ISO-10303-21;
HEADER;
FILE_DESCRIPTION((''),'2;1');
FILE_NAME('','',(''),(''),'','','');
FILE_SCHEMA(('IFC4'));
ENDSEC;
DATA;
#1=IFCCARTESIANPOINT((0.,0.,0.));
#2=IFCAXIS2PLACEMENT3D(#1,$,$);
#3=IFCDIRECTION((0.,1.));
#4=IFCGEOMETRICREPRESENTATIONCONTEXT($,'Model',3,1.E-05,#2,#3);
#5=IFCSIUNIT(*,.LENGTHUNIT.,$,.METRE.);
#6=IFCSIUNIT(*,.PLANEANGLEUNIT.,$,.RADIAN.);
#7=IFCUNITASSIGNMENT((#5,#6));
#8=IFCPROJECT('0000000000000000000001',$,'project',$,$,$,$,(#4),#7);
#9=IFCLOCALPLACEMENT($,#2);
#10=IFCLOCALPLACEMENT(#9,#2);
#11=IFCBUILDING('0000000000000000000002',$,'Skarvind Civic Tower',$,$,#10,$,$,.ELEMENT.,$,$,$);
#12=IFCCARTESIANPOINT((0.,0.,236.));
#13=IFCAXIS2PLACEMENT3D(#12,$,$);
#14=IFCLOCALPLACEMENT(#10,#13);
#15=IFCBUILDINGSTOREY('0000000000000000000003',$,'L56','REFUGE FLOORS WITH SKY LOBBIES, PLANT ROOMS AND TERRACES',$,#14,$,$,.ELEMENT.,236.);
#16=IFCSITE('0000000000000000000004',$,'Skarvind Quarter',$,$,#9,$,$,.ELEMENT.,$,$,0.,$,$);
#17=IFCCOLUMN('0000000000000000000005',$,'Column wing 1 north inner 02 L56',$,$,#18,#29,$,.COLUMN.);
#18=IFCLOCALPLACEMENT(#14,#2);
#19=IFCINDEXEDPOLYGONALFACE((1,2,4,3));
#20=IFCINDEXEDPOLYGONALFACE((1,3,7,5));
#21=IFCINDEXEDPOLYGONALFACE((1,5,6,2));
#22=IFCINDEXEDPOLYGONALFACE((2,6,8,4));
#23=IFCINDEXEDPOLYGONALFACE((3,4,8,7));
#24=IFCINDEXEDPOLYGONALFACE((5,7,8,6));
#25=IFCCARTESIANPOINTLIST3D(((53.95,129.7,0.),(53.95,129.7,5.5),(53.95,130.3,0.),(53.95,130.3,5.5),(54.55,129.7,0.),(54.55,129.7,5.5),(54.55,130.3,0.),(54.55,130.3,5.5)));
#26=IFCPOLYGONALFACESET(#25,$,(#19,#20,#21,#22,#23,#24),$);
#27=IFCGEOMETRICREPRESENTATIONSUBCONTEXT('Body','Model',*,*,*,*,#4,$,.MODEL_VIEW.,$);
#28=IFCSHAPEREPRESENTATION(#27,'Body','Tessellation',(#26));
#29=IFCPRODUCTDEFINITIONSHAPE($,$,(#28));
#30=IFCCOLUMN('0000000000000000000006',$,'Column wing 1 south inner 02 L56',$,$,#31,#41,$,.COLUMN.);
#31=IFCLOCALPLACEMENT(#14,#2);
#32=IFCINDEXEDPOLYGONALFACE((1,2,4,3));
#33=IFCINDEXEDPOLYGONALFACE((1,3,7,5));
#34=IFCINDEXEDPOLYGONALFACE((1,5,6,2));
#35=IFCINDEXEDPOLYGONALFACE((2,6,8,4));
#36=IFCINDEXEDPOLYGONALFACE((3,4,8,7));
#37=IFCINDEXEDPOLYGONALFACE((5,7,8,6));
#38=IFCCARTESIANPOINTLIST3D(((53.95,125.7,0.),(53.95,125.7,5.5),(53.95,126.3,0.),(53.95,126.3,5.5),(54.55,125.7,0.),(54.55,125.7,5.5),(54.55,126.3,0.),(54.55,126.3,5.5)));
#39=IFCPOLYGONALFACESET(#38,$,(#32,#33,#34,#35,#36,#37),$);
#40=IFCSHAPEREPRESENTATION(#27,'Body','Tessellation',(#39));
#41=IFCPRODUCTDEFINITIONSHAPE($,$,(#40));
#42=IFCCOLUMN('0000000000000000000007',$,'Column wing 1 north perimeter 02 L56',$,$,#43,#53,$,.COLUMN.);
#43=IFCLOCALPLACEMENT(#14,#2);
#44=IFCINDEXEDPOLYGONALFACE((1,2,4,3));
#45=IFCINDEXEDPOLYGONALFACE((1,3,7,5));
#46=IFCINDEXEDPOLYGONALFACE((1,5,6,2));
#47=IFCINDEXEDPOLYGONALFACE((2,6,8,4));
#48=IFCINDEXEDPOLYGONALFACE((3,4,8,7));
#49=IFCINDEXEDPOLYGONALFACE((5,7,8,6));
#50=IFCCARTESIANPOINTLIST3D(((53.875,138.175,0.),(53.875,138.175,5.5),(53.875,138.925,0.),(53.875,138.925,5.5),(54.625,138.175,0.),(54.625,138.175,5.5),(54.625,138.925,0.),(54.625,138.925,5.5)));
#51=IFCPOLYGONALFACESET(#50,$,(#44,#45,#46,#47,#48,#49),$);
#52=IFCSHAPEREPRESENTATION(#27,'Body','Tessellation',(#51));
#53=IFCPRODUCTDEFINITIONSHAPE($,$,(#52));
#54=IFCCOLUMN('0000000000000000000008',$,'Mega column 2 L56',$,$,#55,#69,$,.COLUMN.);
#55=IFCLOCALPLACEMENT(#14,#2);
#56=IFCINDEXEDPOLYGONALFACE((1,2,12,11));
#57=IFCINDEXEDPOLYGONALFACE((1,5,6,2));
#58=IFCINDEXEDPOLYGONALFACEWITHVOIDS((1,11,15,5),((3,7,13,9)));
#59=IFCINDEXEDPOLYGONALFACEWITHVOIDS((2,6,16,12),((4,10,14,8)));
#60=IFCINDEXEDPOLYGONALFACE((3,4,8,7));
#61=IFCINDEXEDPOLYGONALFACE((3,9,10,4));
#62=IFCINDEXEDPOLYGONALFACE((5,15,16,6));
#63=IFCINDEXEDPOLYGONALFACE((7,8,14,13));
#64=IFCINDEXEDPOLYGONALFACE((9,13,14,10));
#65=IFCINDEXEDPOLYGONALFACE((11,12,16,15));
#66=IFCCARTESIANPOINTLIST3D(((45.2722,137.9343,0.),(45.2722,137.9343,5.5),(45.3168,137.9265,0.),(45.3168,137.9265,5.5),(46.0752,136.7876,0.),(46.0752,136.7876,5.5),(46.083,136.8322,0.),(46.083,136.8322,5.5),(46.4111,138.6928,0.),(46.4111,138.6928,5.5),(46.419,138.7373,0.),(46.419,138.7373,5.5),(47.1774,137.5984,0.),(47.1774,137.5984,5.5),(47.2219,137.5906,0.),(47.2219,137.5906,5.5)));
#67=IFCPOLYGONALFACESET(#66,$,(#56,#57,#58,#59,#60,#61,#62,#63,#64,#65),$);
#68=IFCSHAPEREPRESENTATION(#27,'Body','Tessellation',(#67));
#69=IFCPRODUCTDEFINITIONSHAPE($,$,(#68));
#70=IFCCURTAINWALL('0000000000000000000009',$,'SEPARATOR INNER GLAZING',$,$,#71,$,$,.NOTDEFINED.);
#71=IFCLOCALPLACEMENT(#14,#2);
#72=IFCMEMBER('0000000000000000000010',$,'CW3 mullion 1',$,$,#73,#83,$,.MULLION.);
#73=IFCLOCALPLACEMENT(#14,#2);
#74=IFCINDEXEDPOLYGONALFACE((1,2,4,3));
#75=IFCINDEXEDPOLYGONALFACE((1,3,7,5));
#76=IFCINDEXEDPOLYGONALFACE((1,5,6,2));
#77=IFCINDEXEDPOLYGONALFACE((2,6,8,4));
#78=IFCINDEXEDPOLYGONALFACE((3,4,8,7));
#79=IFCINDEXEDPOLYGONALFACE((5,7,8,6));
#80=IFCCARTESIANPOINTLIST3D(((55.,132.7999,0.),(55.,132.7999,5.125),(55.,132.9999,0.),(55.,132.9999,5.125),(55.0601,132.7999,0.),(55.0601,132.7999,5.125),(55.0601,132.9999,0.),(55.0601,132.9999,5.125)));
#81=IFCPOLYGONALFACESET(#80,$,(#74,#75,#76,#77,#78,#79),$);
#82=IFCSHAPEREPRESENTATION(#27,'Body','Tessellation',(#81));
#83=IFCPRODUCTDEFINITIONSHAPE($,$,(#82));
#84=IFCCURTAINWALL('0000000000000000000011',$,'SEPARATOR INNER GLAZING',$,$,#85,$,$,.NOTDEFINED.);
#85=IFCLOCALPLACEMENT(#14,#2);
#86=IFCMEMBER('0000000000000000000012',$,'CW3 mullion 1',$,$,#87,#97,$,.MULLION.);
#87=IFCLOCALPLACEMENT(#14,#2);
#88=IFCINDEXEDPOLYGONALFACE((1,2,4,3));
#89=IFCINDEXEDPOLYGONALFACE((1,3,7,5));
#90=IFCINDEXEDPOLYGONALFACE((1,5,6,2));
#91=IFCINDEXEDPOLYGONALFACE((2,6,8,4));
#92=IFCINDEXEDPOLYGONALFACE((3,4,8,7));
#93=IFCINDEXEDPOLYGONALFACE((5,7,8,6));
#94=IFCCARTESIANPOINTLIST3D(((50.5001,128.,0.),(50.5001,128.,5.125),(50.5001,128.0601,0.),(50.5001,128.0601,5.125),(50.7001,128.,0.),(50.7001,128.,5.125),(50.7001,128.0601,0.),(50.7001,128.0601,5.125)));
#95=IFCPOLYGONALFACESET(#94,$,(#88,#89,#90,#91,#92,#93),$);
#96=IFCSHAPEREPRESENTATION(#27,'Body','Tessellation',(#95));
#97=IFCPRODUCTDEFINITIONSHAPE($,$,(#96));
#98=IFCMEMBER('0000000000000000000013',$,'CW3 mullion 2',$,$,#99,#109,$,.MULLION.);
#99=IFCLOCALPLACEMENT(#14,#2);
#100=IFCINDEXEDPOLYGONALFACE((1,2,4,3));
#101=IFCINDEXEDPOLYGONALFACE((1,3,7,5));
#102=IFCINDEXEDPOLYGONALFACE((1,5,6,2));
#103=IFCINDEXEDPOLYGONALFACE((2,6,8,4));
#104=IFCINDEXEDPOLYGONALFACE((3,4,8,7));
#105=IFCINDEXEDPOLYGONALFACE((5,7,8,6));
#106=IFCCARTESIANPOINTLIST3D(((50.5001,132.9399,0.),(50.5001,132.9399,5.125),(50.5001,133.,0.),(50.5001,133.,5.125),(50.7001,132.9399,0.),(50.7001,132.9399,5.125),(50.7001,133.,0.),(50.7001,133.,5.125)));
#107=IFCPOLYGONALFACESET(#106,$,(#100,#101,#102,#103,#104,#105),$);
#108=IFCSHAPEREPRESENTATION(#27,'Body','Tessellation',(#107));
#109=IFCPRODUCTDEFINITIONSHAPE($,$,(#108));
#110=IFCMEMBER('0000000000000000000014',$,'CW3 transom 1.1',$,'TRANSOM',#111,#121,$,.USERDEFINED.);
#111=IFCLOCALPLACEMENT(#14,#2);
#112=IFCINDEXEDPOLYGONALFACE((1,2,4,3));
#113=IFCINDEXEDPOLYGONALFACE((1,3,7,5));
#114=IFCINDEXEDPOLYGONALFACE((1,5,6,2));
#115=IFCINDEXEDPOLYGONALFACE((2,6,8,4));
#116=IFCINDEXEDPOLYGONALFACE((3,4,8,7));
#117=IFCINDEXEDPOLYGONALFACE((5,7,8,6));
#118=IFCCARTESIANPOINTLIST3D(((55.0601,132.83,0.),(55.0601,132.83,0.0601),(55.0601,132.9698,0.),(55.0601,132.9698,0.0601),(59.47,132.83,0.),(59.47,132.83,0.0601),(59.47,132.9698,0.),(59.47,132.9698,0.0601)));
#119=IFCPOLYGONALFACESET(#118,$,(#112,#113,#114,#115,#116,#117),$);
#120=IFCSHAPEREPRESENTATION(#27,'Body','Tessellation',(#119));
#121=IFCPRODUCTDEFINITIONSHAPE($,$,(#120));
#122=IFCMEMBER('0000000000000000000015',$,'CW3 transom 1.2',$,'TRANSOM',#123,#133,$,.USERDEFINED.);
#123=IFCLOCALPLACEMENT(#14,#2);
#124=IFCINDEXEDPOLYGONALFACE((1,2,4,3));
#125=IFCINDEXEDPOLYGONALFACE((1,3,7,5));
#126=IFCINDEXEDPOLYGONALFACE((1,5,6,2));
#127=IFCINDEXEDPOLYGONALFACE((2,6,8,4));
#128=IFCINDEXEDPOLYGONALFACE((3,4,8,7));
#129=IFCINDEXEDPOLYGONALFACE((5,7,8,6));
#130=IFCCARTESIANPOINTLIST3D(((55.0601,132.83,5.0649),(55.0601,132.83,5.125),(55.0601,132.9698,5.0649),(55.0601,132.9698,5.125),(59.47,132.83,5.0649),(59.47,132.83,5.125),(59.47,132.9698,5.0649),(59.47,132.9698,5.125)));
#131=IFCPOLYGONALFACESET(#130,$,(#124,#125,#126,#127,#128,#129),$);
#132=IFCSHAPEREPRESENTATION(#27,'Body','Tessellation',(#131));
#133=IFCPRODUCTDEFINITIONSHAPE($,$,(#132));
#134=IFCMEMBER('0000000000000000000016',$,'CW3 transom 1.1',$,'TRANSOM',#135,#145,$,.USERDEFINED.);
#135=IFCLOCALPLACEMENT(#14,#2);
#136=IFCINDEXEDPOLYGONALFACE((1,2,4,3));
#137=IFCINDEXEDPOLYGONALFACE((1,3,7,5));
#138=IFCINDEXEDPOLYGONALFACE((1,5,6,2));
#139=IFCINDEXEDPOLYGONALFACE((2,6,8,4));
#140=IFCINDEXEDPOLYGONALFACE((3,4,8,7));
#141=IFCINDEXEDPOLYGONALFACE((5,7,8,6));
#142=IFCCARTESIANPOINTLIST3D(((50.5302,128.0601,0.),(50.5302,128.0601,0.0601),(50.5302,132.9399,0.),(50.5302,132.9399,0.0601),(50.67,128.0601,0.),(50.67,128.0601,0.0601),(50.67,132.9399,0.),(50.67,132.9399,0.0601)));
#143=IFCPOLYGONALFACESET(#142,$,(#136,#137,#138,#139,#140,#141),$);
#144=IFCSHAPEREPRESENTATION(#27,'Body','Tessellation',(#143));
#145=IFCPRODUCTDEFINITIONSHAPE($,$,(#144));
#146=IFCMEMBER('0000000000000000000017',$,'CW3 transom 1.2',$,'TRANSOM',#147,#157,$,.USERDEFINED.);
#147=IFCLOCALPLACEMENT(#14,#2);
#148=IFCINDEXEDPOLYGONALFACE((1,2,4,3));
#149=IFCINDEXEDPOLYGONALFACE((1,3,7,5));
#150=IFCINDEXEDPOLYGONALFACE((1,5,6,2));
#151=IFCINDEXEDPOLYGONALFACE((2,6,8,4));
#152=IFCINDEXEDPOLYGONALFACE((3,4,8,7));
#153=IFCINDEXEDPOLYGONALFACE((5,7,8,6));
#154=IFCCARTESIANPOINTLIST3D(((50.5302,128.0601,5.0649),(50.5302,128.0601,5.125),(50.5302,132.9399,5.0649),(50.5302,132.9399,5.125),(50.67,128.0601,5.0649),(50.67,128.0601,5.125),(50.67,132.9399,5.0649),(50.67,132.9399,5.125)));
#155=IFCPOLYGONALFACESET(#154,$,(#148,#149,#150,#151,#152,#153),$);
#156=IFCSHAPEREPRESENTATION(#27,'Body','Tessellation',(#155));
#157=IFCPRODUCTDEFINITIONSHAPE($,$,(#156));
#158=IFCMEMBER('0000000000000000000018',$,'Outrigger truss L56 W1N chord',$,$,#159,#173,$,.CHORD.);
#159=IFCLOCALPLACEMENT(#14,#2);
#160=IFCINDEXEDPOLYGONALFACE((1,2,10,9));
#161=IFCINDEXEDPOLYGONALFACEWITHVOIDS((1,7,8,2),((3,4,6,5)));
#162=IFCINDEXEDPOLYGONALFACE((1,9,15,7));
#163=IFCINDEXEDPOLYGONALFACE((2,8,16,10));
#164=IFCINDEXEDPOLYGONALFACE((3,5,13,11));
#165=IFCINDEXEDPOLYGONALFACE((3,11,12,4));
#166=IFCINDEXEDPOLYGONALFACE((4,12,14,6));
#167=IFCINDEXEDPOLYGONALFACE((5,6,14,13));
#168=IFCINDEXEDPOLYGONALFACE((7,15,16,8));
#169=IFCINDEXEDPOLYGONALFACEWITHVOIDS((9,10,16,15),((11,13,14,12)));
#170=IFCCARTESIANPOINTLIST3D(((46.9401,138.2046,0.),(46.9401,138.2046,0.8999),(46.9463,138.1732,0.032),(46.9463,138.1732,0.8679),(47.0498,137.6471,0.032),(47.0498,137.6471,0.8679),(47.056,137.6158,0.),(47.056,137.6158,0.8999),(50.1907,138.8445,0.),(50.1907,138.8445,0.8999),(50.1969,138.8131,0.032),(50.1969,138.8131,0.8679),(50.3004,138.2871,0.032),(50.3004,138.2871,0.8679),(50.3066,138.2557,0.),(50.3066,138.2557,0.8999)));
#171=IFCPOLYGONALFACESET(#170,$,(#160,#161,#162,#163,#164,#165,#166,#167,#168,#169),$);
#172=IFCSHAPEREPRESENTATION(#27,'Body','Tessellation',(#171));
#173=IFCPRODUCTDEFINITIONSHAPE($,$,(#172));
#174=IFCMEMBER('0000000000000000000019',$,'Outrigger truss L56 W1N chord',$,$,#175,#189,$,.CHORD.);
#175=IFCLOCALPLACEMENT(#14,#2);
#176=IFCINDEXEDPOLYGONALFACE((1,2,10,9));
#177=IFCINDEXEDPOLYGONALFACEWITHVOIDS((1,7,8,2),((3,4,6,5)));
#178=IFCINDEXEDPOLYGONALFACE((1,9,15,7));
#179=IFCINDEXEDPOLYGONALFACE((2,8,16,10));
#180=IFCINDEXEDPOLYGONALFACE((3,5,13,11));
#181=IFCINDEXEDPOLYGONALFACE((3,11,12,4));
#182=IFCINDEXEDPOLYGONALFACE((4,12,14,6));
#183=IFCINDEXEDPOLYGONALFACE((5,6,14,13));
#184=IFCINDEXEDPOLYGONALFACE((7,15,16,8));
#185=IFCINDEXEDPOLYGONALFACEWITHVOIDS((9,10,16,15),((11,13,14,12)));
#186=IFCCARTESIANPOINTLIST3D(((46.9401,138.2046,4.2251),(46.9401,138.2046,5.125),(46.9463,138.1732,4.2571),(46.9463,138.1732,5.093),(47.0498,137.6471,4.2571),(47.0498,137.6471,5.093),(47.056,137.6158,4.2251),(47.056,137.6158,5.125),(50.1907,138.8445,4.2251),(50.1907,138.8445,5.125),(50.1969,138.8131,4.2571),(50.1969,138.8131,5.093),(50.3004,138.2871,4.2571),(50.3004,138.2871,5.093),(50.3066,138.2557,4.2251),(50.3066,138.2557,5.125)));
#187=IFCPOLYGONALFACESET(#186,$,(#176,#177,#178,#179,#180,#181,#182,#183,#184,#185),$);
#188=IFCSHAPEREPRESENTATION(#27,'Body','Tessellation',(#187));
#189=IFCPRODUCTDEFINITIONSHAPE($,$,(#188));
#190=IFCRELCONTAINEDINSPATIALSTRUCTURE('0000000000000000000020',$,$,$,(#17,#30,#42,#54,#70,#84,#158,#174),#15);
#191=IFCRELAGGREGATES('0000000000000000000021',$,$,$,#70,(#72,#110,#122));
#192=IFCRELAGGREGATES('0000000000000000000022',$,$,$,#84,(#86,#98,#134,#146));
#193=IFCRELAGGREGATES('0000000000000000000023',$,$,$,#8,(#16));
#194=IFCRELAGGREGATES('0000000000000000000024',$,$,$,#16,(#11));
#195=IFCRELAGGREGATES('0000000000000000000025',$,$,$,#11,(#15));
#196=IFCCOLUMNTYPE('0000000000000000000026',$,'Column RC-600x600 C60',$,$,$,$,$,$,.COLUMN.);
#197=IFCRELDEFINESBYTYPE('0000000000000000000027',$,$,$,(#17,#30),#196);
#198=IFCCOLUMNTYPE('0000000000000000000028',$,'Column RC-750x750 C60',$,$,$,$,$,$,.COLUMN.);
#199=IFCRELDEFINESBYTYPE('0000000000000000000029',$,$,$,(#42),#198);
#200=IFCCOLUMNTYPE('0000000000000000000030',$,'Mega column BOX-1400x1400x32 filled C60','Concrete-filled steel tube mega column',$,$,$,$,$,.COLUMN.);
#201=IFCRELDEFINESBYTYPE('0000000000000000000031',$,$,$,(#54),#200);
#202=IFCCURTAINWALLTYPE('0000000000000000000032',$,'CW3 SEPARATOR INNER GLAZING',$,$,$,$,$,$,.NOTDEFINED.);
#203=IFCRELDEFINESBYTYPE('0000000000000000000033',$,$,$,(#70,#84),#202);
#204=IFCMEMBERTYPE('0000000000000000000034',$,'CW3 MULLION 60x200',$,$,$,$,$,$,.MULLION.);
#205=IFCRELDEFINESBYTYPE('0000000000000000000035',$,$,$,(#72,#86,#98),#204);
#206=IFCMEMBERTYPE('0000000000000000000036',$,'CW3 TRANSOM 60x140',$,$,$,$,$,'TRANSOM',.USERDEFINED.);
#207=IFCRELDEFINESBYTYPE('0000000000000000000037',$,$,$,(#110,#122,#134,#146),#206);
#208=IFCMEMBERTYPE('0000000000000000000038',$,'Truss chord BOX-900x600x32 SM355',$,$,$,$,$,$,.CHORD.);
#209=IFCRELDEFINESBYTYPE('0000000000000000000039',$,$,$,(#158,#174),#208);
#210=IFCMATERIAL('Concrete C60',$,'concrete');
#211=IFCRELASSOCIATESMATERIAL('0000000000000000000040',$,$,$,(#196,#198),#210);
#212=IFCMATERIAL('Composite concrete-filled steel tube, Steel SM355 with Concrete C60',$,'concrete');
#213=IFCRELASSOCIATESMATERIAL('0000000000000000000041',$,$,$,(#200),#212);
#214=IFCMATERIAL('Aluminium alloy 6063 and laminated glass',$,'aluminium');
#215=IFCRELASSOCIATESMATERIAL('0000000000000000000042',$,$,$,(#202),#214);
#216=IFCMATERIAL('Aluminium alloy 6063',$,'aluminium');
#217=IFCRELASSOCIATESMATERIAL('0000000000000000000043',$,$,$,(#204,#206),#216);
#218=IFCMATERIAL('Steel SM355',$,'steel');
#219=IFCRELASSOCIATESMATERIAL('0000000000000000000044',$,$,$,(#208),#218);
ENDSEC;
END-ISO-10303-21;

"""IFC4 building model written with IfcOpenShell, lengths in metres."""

from ifc_helpers import new_model, si_unit, direction, frame, origin, origin_2d, place, context, subcontext, project, spatial, rectangle, hollow_rectangle, extrude, material, material_profile, profile_set, type_object, element, aggregate, save


model = new_model("IFC4")

# Units and contexts
model_context = context("Model", 3, precision=1e-05, world=origin(), true_north=direction((0.0, 1.0)))
body_context = subcontext(model_context, "Body", "Model", "MODEL_VIEW")
ifc_project = project(units=[si_unit("LENGTHUNIT", "METRE"), si_unit("PLANEANGLEUNIT", "RADIAN")], contexts=[model_context])

# Site, building, storey
site_placement = place(None, origin())
site = spatial("IfcSite", under=ifc_project, at=site_placement, Name="Skarvind Quarter", CompositionType="ELEMENT", RefElevation=0.0)
building_placement = place(site_placement, origin())
building = spatial("IfcBuilding", under=site, at=building_placement, Name="Skarvind Civic Tower", CompositionType="ELEMENT")
storey_placement = place(building_placement, frame((0.0, 0.0, 236.0)))
storey = spatial("IfcBuildingStorey", under=building, at=storey_placement, Name="L56", Description="REFUGE FLOORS WITH SKY LOBBIES, PLANT ROOMS AND TERRACES", CompositionType="ELEMENT", Elevation=236.0)

# Columns
ifc_material_1 = material(Name="Concrete C60", Category="concrete")
ifc_material_profile_1 = material_profile(ifc_material_1, rectangle(XDim=0.6001, YDim=0.6001, at=origin_2d()), Name="RC-600x600")
ifc_profile_set_1 = profile_set([ifc_material_profile_1], Name="Concrete C60")
column_type_1 = type_object("IfcColumnType", Name="Column RC-600x600 C60", PredefinedType="COLUMN", material=ifc_profile_set_1)
for number, where, z_axis, x_axis, name in (
    (1, (54.25, 130.0, 0.0), (0.0, 0.0, 1.0), (1.0, 0.0, 0.0), "Column wing 1 north inner 02 L56"),
    (2, (54.25, 126.0, 0.0), (0.0, 0.0, 1.0), (1.0, 0.0, 0.0), "Column wing 1 south inner 02 L56"),
):
    element("IfcColumn", number, at=place(storey_placement, frame(where, z_axis=z_axis, x_axis=x_axis)), inside=storey, type_object=column_type_1, Name=name, PredefinedType="COLUMN", context=body_context, shape_type="SweptSolid", body=[
        extrude(rectangle(XDim=0.6001, YDim=0.6001, at=origin_2d()), origin(), (0.0, 0.0, 1.0), 5.5),
    ])
ifc_material_profile_2 = material_profile(ifc_material_1, rectangle(XDim=0.75, YDim=0.75, at=origin_2d()), Name="RC-750x750")
ifc_profile_set_2 = profile_set([ifc_material_profile_2], Name="Concrete C60")
column_type_2 = type_object("IfcColumnType", Name="Column RC-750x750 C60", PredefinedType="COLUMN", material=ifc_profile_set_2)
column_1_placement = place(storey_placement, frame((54.25, 138.55, 0.0), z_axis=(0.0, 0.0, 1.0), x_axis=(1.0, 0.0, 0.0)))
element("IfcColumn", 3, at=column_1_placement, inside=storey, type_object=column_type_2, Name="Column wing 1 north perimeter 02 L56", PredefinedType="COLUMN", context=body_context, shape_type="SweptSolid", body=[
    extrude(rectangle(XDim=0.75, YDim=0.75, at=origin_2d()), origin(), (0.0, 0.0, 1.0), 5.5),
])
ifc_material_2 = material(Name="Composite concrete-filled steel tube, Steel SM355 with Concrete C60", Category="concrete")
ifc_material_profile_3 = material_profile(ifc_material_2, hollow_rectangle(XDim=1.3999, YDim=1.3999, WallThickness=0.032, at=origin_2d()), Name="BOX-1400x1400x32")
ifc_profile_set_3 = profile_set([ifc_material_profile_3], Name="Composite concrete-filled steel tube, Steel SM355 with Concrete C60")
column_type_3 = type_object("IfcColumnType", Name="Mega column BOX-1400x1400x32 filled C60", Description="Concrete-filled steel tube mega column", PredefinedType="COLUMN", material=ifc_profile_set_3)
column_2_placement = place(storey_placement, frame((46.2471, 137.7625, 0.0), z_axis=(0.0, 0.0, 1.0), x_axis=(0.573576, -0.819152, 0.0)))
element("IfcColumn", 4, at=column_2_placement, inside=storey, type_object=column_type_3, Name="Mega column 2 L56", PredefinedType="COLUMN", context=body_context, shape_type="SweptSolid", body=[
    extrude(hollow_rectangle(XDim=1.3999, YDim=1.3999, WallThickness=0.032, at=origin_2d()), origin(), (0.0, 0.0, 1.0), 5.5),
])

# Curtain wall, member
ifc_material_3 = material(Name="Aluminium alloy 6063 and laminated glass", Category="aluminium")
curtain_wall_type = type_object("IfcCurtainWallType", Name="CW3 SEPARATOR INNER GLAZING", PredefinedType="NOTDEFINED", material=ifc_material_3)
curtain_wall_1_placement = place(storey_placement, origin())
curtain_wall_1 = element("IfcCurtainWall", 5, at=curtain_wall_1_placement, inside=storey, type_object=curtain_wall_type, Name="SEPARATOR INNER GLAZING", PredefinedType="NOTDEFINED")
ifc_material_4 = material(Name="Aluminium alloy 6063", Category="aluminium")
ifc_material_profile_4 = material_profile(ifc_material_4, rectangle(XDim=0.2, YDim=0.0601, at=origin_2d()), Name="AL 60x200")
ifc_profile_set_4 = profile_set([ifc_material_profile_4], Name="Aluminium alloy 6063")
member_type_1 = type_object("IfcMemberType", Name="CW3 MULLION 60x200", PredefinedType="MULLION", material=ifc_profile_set_4)
member_1_placement = place(storey_placement, frame((55.03, 132.8999, 0.0), z_axis=(0.0, 0.0, 1.0), x_axis=(0.0, 1.0, 0.0)))
member_1 = element("IfcMember", 6, at=member_1_placement, type_object=member_type_1, Name="CW3 mullion 1", PredefinedType="MULLION", context=body_context, shape_type="SweptSolid", body=[
    extrude(rectangle(XDim=0.2, YDim=0.0601, at=origin_2d()), origin(), (0.0, 0.0, 1.0), 5.125),
])

# Curtain wall, members
curtain_wall_2_placement = place(storey_placement, origin())
curtain_wall_2 = element("IfcCurtainWall", 7, at=curtain_wall_2_placement, inside=storey, type_object=curtain_wall_type, Name="SEPARATOR INNER GLAZING", PredefinedType="NOTDEFINED")
member_2_placement = place(storey_placement, frame((50.6001, 128.03, 0.0), z_axis=(0.0, 0.0, 1.0), x_axis=(-1.0, 0.0, 0.0)))
member_2 = element("IfcMember", 8, at=member_2_placement, type_object=member_type_1, Name="CW3 mullion 1", PredefinedType="MULLION", context=body_context, shape_type="SweptSolid", body=[
    extrude(rectangle(XDim=0.2, YDim=0.0601, at=origin_2d()), origin(), (0.0, 0.0, 1.0), 5.125),
])
member_3_placement = place(storey_placement, frame((50.6001, 132.97, 0.0), z_axis=(0.0, 0.0, 1.0), x_axis=(-1.0, 0.0, 0.0)))
member_3 = element("IfcMember", 9, at=member_3_placement, type_object=member_type_1, Name="CW3 mullion 2", PredefinedType="MULLION", context=body_context, shape_type="SweptSolid", body=[
    extrude(rectangle(XDim=0.2, YDim=0.0601, at=origin_2d()), origin(), (0.0, 0.0, 1.0), 5.125),
])

# Members
ifc_material_profile_5 = material_profile(ifc_material_4, rectangle(XDim=0.1399, YDim=0.0601, at=origin_2d()), Name="AL 60x140")
ifc_profile_set_5 = profile_set([ifc_material_profile_5], Name="Aluminium alloy 6063")
member_type_2 = type_object("IfcMemberType", Name="CW3 TRANSOM 60x140", ElementType="TRANSOM", PredefinedType="USERDEFINED", material=ifc_profile_set_5)
member_4_placement = place(storey_placement, frame((55.0601, 132.8999, 0.03), z_axis=(1.0, 0.0, 0.0), x_axis=(0.0, 1.0, 0.0)))
member_4 = element("IfcMember", 10, at=member_4_placement, type_object=member_type_2, Name="CW3 transom 1.1", ObjectType="TRANSOM", PredefinedType="USERDEFINED", context=body_context, shape_type="SweptSolid", body=[
    extrude(rectangle(XDim=0.1399, YDim=0.0601, at=origin_2d()), origin(), (0.0, 0.0, 1.0), 4.4099),
])
member_5_placement = place(storey_placement, frame((55.0601, 132.8999, 5.095), z_axis=(1.0, 0.0, 0.0), x_axis=(0.0, 1.0, 0.0)))
member_5 = element("IfcMember", 11, at=member_5_placement, type_object=member_type_2, Name="CW3 transom 1.2", ObjectType="TRANSOM", PredefinedType="USERDEFINED", context=body_context, shape_type="SweptSolid", body=[
    extrude(rectangle(XDim=0.1399, YDim=0.0601, at=origin_2d()), origin(), (0.0, 0.0, 1.0), 4.4099),
])
aggregate(curtain_wall_1, [member_1, member_4, member_5])
member_6_placement = place(storey_placement, frame((50.6001, 128.0601, 0.03), z_axis=(0.0, 1.0, 0.0), x_axis=(-1.0, 0.0, 0.0)))
member_6 = element("IfcMember", 12, at=member_6_placement, type_object=member_type_2, Name="CW3 transom 1.1", ObjectType="TRANSOM", PredefinedType="USERDEFINED", context=body_context, shape_type="SweptSolid", body=[
    extrude(rectangle(XDim=0.1399, YDim=0.0601, at=origin_2d()), origin(), (0.0, 0.0, 1.0), 4.8799),
])
member_7_placement = place(storey_placement, frame((50.6001, 128.0601, 5.095), z_axis=(0.0, 1.0, 0.0), x_axis=(-1.0, 0.0, 0.0)))
member_7 = element("IfcMember", 13, at=member_7_placement, type_object=member_type_2, Name="CW3 transom 1.2", ObjectType="TRANSOM", PredefinedType="USERDEFINED", context=body_context, shape_type="SweptSolid", body=[
    extrude(rectangle(XDim=0.1399, YDim=0.0601, at=origin_2d()), origin(), (0.0, 0.0, 1.0), 4.8799),
])

# Members
ifc_material_5 = material(Name="Steel SM355", Category="steel")
ifc_material_profile_6 = material_profile(ifc_material_5, hollow_rectangle(XDim=0.6001, YDim=0.8999, WallThickness=0.032, at=origin_2d()), Name="BOX-900x600x32")
ifc_profile_set_6 = profile_set([ifc_material_profile_6], Name="Steel SM355")
member_type_3 = type_object("IfcMemberType", Name="Truss chord BOX-900x600x32 SM355", PredefinedType="CHORD", material=ifc_profile_set_6)
for number, where, z_axis, x_axis, name in (
    (14, (46.998, 137.9102, 0.45), (0.981169, 0.193153, 0.0), (-0.193153, 0.981169, 0.0), "Outrigger truss L56 W1N chord"),
    (15, (46.998, 137.9102, 4.675), (0.981169, 0.193153, 0.0), (-0.193153, 0.981169, 0.0), "Outrigger truss L56 W1N chord"),
):
    element("IfcMember", number, at=place(storey_placement, frame(where, z_axis=z_axis, x_axis=x_axis)), inside=storey, type_object=member_type_3, Name=name, PredefinedType="CHORD", context=body_context, shape_type="SweptSolid", body=[
        extrude(hollow_rectangle(XDim=0.6001, YDim=0.8999, WallThickness=0.032, at=origin_2d()), origin(), (0.0, 0.0, 1.0), 3.313),
    ])

aggregate(curtain_wall_2, [member_2, member_3, member_6, member_7])

save(model, "model.ifc")
